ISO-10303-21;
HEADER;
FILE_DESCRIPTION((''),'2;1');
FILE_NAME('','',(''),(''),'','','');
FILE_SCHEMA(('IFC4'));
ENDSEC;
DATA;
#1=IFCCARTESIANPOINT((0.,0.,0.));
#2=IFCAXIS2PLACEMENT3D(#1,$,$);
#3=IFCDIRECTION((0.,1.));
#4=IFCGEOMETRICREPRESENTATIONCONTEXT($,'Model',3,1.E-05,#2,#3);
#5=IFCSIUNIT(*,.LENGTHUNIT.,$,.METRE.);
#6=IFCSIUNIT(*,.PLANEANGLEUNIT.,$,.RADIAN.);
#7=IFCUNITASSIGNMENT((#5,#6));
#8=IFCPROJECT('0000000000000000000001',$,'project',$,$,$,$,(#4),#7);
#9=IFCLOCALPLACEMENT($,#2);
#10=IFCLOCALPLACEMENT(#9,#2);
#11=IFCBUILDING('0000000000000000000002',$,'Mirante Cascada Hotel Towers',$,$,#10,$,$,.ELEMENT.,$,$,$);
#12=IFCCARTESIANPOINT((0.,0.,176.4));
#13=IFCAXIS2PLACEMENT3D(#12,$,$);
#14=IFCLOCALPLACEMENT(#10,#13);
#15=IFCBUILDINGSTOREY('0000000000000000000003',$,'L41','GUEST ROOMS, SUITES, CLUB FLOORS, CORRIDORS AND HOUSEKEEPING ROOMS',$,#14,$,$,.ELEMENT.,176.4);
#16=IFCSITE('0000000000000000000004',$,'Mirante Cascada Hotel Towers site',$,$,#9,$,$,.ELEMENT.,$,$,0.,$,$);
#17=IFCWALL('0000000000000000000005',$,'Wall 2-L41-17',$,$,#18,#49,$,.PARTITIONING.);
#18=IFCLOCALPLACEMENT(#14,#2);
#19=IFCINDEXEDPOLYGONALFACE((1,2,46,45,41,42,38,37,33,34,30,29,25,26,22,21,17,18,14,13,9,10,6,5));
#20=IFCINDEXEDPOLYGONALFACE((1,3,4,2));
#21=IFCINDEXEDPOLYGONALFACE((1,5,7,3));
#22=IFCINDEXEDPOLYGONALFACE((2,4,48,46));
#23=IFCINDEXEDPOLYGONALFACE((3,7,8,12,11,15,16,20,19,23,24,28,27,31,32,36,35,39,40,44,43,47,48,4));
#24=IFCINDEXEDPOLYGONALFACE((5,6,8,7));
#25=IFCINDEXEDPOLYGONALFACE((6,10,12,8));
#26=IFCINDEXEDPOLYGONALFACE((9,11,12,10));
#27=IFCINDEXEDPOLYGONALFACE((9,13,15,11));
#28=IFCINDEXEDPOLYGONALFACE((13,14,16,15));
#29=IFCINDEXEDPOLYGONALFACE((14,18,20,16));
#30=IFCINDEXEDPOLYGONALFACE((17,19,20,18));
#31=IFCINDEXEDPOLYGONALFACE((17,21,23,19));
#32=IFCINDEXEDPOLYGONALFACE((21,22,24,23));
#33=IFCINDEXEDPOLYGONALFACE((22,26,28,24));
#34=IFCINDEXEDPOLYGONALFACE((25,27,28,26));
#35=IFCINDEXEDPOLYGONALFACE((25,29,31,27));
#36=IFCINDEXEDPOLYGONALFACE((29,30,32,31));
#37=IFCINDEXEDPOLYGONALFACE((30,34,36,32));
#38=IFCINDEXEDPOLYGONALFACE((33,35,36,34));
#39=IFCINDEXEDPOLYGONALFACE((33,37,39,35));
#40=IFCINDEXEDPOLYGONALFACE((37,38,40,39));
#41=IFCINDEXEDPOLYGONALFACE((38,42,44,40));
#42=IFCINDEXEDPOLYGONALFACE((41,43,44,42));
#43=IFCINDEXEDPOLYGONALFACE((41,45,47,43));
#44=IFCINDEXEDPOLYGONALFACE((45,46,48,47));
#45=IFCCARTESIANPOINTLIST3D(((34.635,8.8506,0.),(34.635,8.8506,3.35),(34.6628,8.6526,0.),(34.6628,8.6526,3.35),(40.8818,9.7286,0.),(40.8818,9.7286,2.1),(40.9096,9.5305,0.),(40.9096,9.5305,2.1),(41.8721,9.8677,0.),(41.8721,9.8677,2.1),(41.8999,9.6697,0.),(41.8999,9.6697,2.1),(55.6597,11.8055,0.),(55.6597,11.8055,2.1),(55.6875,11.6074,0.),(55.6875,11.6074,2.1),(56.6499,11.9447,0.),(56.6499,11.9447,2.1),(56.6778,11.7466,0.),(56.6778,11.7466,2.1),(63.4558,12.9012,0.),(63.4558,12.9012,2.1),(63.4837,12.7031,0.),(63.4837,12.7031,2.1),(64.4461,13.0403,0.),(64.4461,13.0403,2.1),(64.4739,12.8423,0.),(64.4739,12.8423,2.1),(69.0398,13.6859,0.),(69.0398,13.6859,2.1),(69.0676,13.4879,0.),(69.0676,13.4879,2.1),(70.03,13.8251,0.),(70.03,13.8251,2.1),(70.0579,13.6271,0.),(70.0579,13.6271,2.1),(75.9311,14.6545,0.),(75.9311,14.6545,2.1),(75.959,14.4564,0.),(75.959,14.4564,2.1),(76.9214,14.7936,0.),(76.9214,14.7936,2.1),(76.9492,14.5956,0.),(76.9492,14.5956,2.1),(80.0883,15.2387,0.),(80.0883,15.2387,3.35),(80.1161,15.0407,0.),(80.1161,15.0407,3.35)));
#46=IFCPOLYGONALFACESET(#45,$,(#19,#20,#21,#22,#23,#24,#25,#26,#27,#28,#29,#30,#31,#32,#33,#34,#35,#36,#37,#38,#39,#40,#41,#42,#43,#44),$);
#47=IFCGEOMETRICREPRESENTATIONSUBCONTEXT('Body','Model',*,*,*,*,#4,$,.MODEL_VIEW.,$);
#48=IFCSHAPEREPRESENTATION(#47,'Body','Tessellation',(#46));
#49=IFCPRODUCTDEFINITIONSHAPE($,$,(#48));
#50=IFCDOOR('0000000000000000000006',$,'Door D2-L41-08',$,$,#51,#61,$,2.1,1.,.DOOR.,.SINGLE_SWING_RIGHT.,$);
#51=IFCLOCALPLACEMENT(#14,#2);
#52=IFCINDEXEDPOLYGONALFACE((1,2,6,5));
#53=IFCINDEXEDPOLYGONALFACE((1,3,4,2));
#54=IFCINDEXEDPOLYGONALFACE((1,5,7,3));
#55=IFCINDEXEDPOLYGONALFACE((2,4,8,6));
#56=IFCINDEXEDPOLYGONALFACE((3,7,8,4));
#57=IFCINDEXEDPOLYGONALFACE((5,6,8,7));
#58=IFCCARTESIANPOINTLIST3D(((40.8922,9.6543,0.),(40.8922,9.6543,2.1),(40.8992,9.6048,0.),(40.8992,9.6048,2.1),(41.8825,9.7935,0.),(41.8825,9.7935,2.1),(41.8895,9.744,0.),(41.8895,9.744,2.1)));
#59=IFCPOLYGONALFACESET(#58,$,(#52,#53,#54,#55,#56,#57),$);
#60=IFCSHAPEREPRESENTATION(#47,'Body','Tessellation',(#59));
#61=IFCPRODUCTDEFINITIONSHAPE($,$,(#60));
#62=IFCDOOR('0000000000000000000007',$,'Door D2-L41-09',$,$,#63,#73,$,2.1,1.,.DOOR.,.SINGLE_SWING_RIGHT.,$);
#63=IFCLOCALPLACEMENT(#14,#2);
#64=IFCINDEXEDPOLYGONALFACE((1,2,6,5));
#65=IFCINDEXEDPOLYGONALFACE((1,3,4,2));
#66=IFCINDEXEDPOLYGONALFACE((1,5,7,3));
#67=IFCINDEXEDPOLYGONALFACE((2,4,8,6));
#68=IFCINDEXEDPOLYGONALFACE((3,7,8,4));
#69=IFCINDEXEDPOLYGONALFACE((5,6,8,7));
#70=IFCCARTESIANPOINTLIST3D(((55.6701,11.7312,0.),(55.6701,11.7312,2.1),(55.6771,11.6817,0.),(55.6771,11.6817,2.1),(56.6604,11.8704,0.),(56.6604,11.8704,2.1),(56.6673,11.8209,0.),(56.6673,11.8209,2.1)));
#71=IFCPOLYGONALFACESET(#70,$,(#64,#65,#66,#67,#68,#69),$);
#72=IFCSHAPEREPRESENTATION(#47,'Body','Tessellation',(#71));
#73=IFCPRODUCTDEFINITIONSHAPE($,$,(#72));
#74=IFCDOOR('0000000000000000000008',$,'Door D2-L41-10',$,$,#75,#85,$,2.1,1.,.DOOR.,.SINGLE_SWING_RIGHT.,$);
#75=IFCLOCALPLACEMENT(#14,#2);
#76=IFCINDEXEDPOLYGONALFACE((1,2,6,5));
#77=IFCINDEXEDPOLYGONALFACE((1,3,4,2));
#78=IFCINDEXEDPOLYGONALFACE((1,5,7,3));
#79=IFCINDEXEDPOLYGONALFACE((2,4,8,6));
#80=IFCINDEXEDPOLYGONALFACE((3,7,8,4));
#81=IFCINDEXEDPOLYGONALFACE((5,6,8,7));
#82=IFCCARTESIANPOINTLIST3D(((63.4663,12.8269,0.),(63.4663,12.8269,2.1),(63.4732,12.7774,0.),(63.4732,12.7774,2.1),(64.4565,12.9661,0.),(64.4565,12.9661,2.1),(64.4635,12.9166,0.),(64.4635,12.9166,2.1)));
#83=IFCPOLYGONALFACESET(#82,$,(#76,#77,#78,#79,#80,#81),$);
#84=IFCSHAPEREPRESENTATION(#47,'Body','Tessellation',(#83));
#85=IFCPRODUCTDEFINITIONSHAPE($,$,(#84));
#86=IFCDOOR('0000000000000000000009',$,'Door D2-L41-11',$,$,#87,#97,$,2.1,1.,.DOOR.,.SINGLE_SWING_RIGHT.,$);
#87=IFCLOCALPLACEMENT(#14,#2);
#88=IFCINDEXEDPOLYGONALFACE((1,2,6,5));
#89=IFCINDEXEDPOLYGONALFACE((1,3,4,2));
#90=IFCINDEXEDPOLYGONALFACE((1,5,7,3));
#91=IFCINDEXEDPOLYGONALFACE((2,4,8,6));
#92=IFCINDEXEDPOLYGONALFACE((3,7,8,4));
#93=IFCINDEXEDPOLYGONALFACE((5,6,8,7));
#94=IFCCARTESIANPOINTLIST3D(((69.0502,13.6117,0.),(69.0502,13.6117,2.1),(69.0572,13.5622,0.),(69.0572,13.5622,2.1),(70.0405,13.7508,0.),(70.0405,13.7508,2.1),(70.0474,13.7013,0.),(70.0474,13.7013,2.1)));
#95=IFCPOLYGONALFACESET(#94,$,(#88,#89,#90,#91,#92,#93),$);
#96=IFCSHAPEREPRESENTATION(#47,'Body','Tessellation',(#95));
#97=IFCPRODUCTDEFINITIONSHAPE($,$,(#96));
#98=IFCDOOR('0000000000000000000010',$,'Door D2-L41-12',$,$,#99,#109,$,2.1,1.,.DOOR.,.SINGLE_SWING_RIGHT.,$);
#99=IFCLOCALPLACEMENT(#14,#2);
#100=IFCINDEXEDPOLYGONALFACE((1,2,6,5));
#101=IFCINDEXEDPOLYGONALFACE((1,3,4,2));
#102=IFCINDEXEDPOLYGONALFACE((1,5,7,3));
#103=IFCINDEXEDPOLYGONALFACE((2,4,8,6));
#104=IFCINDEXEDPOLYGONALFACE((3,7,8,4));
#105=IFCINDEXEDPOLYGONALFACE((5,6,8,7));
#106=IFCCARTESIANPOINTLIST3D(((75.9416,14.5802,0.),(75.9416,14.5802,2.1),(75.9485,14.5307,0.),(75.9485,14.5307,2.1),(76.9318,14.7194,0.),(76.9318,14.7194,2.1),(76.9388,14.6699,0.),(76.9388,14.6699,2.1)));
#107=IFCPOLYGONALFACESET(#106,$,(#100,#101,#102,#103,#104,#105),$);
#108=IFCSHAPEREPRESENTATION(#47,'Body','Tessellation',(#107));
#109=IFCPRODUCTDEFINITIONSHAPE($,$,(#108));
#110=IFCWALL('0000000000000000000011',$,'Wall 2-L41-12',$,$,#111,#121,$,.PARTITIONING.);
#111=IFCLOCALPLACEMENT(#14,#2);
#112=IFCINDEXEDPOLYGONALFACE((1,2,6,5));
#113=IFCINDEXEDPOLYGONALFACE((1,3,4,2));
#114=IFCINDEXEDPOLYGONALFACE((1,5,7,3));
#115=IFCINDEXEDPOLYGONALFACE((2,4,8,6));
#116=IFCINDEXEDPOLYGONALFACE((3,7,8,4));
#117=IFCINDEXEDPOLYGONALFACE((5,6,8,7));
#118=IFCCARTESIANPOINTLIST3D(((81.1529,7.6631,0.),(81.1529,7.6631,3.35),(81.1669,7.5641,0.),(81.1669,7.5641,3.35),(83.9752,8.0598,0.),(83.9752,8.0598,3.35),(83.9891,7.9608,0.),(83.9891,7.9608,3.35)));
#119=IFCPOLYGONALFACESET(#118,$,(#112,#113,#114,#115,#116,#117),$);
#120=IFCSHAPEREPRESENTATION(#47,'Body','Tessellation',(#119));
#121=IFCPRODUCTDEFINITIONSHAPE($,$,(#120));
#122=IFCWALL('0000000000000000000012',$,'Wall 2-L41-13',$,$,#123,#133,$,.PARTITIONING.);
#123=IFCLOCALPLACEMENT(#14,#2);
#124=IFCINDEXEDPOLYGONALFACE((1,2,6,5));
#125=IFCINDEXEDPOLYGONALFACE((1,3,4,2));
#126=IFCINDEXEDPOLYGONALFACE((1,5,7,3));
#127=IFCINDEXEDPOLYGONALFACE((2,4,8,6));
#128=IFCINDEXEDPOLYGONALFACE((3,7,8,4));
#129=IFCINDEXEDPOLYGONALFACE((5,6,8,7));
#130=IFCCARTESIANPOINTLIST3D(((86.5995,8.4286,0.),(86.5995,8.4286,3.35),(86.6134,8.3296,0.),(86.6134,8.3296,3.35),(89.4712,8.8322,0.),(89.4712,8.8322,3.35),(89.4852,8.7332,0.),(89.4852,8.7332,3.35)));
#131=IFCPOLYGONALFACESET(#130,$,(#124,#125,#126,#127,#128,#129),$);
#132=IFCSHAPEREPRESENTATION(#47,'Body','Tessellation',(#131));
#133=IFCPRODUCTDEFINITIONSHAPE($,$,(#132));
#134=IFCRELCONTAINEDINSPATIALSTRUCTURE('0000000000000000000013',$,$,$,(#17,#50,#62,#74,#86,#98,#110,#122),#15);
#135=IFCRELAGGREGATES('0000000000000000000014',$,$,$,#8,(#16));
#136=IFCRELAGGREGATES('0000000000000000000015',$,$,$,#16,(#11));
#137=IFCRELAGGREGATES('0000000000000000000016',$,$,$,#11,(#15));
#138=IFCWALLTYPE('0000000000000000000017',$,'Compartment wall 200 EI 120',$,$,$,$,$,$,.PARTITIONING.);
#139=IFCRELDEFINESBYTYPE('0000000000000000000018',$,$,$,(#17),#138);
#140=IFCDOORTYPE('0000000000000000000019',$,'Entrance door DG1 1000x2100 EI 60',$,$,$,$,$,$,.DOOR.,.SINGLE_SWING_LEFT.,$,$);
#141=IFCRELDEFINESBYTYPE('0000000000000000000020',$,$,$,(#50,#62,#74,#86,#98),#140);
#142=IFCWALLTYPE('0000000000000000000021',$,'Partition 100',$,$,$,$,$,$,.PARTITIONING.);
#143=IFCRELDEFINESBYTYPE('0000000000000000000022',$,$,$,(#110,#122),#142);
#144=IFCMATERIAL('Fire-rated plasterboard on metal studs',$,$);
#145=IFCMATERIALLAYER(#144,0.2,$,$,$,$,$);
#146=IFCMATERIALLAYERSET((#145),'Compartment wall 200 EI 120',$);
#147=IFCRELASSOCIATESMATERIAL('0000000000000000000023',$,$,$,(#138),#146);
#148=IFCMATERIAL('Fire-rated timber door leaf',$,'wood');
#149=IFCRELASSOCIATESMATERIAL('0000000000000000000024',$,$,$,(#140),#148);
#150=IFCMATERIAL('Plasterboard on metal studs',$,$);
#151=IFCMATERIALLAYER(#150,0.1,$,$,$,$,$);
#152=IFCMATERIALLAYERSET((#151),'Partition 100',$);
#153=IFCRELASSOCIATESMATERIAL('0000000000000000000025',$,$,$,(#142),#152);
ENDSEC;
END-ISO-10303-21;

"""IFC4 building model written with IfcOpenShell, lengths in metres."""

from ifc_helpers import new_model, si_unit, direction, frame, frame_2d, origin, place, context, subcontext, project, spatial, rectangle, extrude, material, layer, layer_set, type_object, element, fill, save


model = new_model("IFC4")

# Units and contexts
model_context = context("Model", 3, precision=1e-05, world=origin(), true_north=direction((0.0, 1.0)))
body_context = subcontext(model_context, "Body", "Model", "MODEL_VIEW")
ifc_project = project(units=[si_unit("LENGTHUNIT", "METRE"), si_unit("PLANEANGLEUNIT", "RADIAN")], contexts=[model_context])

# Site, building, storey
site_placement = place(None, origin())
site = spatial("IfcSite", under=ifc_project, at=site_placement, Name="Mirante Cascada Hotel Towers site", CompositionType="ELEMENT", RefElevation=0.0)
building_placement = place(site_placement, origin())
building = spatial("IfcBuilding", under=site, at=building_placement, Name="Mirante Cascada Hotel Towers", CompositionType="ELEMENT")
storey_placement = place(building_placement, frame((0.0, 0.0, 176.4)))
storey = spatial("IfcBuildingStorey", under=building, at=storey_placement, Name="L41", Description="GUEST ROOMS, SUITES, CLUB FLOORS, CORRIDORS AND HOUSEKEEPING ROOMS", CompositionType="ELEMENT", Elevation=176.4)

# Wall, openings, doors
ifc_material_1 = material(Name="Fire-rated plasterboard on metal studs")
ifc_layer_1 = layer(ifc_material_1, 0.2)
ifc_layer_set_1 = layer_set([ifc_layer_1], Name="Compartment wall 200 EI 120")
wall_type_1 = type_object("IfcWallType", Name="Compartment wall 200 EI 120", PredefinedType="PARTITIONING", material=ifc_layer_set_1)
wall_1_placement = place(storey_placement, frame((80.1022, 15.1397, 0.0), z_axis=(0.0, 0.0, 1.0), x_axis=(-0.990268, -0.139174, 0.0)))
wall_1 = element("IfcWall", 1, at=wall_1_placement, inside=storey, type_object=wall_type_1, Name="Wall 2-L41-17", PredefinedType="PARTITIONING", context=body_context, shape_type="SweptSolid", body=[
    extrude(rectangle(XDim=45.9, YDim=0.2, at=frame_2d((22.95, 0.0))), origin(), (0.0, 0.0, 1.0), 3.35),
])
opening_1_placement = place(wall_1_placement, frame((38.5918, 0.0, 0.0)))
opening_1 = element("IfcOpeningElement", 2, at=opening_1_placement, cuts=wall_1, PredefinedType="OPENING", context=body_context, shape_type="SweptSolid", body=[
    extrude(rectangle(XDim=1.0, YDim=2.1, at=frame_2d((0.5, 1.05))), frame((0.0, 0.1, 0.0), z_axis=(0.0, -1.0, 0.0), x_axis=(1.0, 0.0, 0.0)), (0.0, 0.0, 1.0), 0.2),
])
opening_2_placement = place(wall_1_placement, frame((23.6687, 0.0, 0.0)))
opening_2 = element("IfcOpeningElement", 3, at=opening_2_placement, cuts=wall_1, PredefinedType="OPENING", context=body_context, shape_type="SweptSolid", body=[
    extrude(rectangle(XDim=1.0, YDim=2.1, at=frame_2d((0.5, 1.05))), frame((0.0, 0.1, 0.0), z_axis=(0.0, -1.0, 0.0), x_axis=(1.0, 0.0, 0.0)), (0.0, 0.0, 1.0), 0.2),
])
opening_3_placement = place(wall_1_placement, frame((15.7959, 0.0, 0.0)))
opening_3 = element("IfcOpeningElement", 4, at=opening_3_placement, cuts=wall_1, PredefinedType="OPENING", context=body_context, shape_type="SweptSolid", body=[
    extrude(rectangle(XDim=1.0, YDim=2.1, at=frame_2d((0.5, 1.05))), frame((0.0, 0.1, 0.0), z_axis=(0.0, -1.0, 0.0), x_axis=(1.0, 0.0, 0.0)), (0.0, 0.0, 1.0), 0.2),
])
opening_4_placement = place(wall_1_placement, frame((10.1571, 0.0, 0.0)))
opening_4 = element("IfcOpeningElement", 5, at=opening_4_placement, cuts=wall_1, PredefinedType="OPENING", context=body_context, shape_type="SweptSolid", body=[
    extrude(rectangle(XDim=1.0, YDim=2.1, at=frame_2d((0.5, 1.05))), frame((0.0, 0.1, 0.0), z_axis=(0.0, -1.0, 0.0), x_axis=(1.0, 0.0, 0.0)), (0.0, 0.0, 1.0), 0.2),
])
opening_5_placement = place(wall_1_placement, frame((3.198, 0.0, 0.0)))
opening_5 = element("IfcOpeningElement", 6, at=opening_5_placement, cuts=wall_1, PredefinedType="OPENING", context=body_context, shape_type="SweptSolid", body=[
    extrude(rectangle(XDim=1.0, YDim=2.1, at=frame_2d((0.5, 1.05))), frame((0.0, 0.1, 0.0), z_axis=(0.0, -1.0, 0.0), x_axis=(1.0, 0.0, 0.0)), (0.0, 0.0, 1.0), 0.2),
])
ifc_material_2 = material(Name="Fire-rated timber door leaf", Category="wood")
door_type_1 = type_object("IfcDoorType", Name="Entrance door DG1 1000x2100 EI 60", OperationType="SINGLE_SWING_LEFT", PredefinedType="DOOR", material=ifc_material_2)
door_1_placement = place(opening_1_placement, frame((1.0, 0.0, 0.0), z_axis=(0.0, 0.0, 1.0), x_axis=(-1.0, 0.0, 0.0)))
door_1 = element("IfcDoor", 7, at=door_1_placement, inside=storey, type_object=door_type_1, Name="Door D2-L41-08", OperationType="SINGLE_SWING_RIGHT", OverallHeight=2.1, OverallWidth=1.0, PredefinedType="DOOR", context=body_context, shape_type="SweptSolid", body=[
    extrude(rectangle(XDim=1.0, YDim=2.1, at=frame_2d((0.5, 1.05))), frame((0.0, 0.025, 0.0), z_axis=(0.0, -1.0, 0.0), x_axis=(1.0, 0.0, 0.0)), (0.0, 0.0, 1.0), 0.05),
])
fill(opening_1, door_1)
door_2_placement = place(opening_2_placement, frame((1.0, 0.0, 0.0), z_axis=(0.0, 0.0, 1.0), x_axis=(-1.0, 0.0, 0.0)))
door_2 = element("IfcDoor", 8, at=door_2_placement, inside=storey, type_object=door_type_1, Name="Door D2-L41-09", OperationType="SINGLE_SWING_RIGHT", OverallHeight=2.1, OverallWidth=1.0, PredefinedType="DOOR", context=body_context, shape_type="SweptSolid", body=[
    extrude(rectangle(XDim=1.0, YDim=2.1, at=frame_2d((0.5, 1.05))), frame((0.0, 0.025, 0.0), z_axis=(0.0, -1.0, 0.0), x_axis=(1.0, 0.0, 0.0)), (0.0, 0.0, 1.0), 0.05),
])
fill(opening_2, door_2)
door_3_placement = place(opening_3_placement, frame((1.0, 0.0, 0.0), z_axis=(0.0, 0.0, 1.0), x_axis=(-1.0, 0.0, 0.0)))
door_3 = element("IfcDoor", 9, at=door_3_placement, inside=storey, type_object=door_type_1, Name="Door D2-L41-10", OperationType="SINGLE_SWING_RIGHT", OverallHeight=2.1, OverallWidth=1.0, PredefinedType="DOOR", context=body_context, shape_type="SweptSolid", body=[
    extrude(rectangle(XDim=1.0, YDim=2.1, at=frame_2d((0.5, 1.05))), frame((0.0, 0.025, 0.0), z_axis=(0.0, -1.0, 0.0), x_axis=(1.0, 0.0, 0.0)), (0.0, 0.0, 1.0), 0.05),
])
fill(opening_3, door_3)
door_4_placement = place(opening_4_placement, frame((1.0, 0.0, 0.0), z_axis=(0.0, 0.0, 1.0), x_axis=(-1.0, 0.0, 0.0)))
door_4 = element("IfcDoor", 10, at=door_4_placement, inside=storey, type_object=door_type_1, Name="Door D2-L41-11", OperationType="SINGLE_SWING_RIGHT", OverallHeight=2.1, OverallWidth=1.0, PredefinedType="DOOR", context=body_context, shape_type="SweptSolid", body=[
    extrude(rectangle(XDim=1.0, YDim=2.1, at=frame_2d((0.5, 1.05))), frame((0.0, 0.025, 0.0), z_axis=(0.0, -1.0, 0.0), x_axis=(1.0, 0.0, 0.0)), (0.0, 0.0, 1.0), 0.05),
])
fill(opening_4, door_4)
door_5_placement = place(opening_5_placement, frame((1.0, 0.0, 0.0), z_axis=(0.0, 0.0, 1.0), x_axis=(-1.0, 0.0, 0.0)))
door_5 = element("IfcDoor", 11, at=door_5_placement, inside=storey, type_object=door_type_1, Name="Door D2-L41-12", OperationType="SINGLE_SWING_RIGHT", OverallHeight=2.1, OverallWidth=1.0, PredefinedType="DOOR", context=body_context, shape_type="SweptSolid", body=[
    extrude(rectangle(XDim=1.0, YDim=2.1, at=frame_2d((0.5, 1.05))), frame((0.0, 0.025, 0.0), z_axis=(0.0, -1.0, 0.0), x_axis=(1.0, 0.0, 0.0)), (0.0, 0.0, 1.0), 0.05),
])
fill(opening_5, door_5)

# Walls
ifc_material_3 = material(Name="Plasterboard on metal studs")
ifc_layer_2 = layer(ifc_material_3, 0.1)
ifc_layer_set_2 = layer_set([ifc_layer_2], Name="Partition 100")
wall_type_2 = type_object("IfcWallType", Name="Partition 100", PredefinedType="PARTITIONING", material=ifc_layer_set_2)
wall_2_placement = place(storey_placement, frame((81.1599, 7.6136, 0.0), z_axis=(0.0, 0.0, 1.0), x_axis=(0.990266, 0.139191, 0.0)))
element("IfcWall", 12, at=wall_2_placement, inside=storey, type_object=wall_type_2, Name="Wall 2-L41-12", PredefinedType="PARTITIONING", context=body_context, shape_type="SweptSolid", body=[
    extrude(rectangle(XDim=2.85, YDim=0.1, at=frame_2d((1.425, 0.0))), origin(), (0.0, 0.0, 1.0), 3.35),
])
wall_3_placement = place(storey_placement, frame((89.4782, 8.7827, 0.0), z_axis=(0.0, 0.0, 1.0), x_axis=(-0.990268, -0.139171, 0.0)))
element("IfcWall", 13, at=wall_3_placement, inside=storey, type_object=wall_type_2, Name="Wall 2-L41-13", PredefinedType="PARTITIONING", context=body_context, shape_type="SweptSolid", body=[
    extrude(rectangle(XDim=2.9, YDim=0.1, at=frame_2d((1.45, 0.0))), origin(), (0.0, 0.0, 1.0), 3.35),
])

save(model, "model.ifc")
